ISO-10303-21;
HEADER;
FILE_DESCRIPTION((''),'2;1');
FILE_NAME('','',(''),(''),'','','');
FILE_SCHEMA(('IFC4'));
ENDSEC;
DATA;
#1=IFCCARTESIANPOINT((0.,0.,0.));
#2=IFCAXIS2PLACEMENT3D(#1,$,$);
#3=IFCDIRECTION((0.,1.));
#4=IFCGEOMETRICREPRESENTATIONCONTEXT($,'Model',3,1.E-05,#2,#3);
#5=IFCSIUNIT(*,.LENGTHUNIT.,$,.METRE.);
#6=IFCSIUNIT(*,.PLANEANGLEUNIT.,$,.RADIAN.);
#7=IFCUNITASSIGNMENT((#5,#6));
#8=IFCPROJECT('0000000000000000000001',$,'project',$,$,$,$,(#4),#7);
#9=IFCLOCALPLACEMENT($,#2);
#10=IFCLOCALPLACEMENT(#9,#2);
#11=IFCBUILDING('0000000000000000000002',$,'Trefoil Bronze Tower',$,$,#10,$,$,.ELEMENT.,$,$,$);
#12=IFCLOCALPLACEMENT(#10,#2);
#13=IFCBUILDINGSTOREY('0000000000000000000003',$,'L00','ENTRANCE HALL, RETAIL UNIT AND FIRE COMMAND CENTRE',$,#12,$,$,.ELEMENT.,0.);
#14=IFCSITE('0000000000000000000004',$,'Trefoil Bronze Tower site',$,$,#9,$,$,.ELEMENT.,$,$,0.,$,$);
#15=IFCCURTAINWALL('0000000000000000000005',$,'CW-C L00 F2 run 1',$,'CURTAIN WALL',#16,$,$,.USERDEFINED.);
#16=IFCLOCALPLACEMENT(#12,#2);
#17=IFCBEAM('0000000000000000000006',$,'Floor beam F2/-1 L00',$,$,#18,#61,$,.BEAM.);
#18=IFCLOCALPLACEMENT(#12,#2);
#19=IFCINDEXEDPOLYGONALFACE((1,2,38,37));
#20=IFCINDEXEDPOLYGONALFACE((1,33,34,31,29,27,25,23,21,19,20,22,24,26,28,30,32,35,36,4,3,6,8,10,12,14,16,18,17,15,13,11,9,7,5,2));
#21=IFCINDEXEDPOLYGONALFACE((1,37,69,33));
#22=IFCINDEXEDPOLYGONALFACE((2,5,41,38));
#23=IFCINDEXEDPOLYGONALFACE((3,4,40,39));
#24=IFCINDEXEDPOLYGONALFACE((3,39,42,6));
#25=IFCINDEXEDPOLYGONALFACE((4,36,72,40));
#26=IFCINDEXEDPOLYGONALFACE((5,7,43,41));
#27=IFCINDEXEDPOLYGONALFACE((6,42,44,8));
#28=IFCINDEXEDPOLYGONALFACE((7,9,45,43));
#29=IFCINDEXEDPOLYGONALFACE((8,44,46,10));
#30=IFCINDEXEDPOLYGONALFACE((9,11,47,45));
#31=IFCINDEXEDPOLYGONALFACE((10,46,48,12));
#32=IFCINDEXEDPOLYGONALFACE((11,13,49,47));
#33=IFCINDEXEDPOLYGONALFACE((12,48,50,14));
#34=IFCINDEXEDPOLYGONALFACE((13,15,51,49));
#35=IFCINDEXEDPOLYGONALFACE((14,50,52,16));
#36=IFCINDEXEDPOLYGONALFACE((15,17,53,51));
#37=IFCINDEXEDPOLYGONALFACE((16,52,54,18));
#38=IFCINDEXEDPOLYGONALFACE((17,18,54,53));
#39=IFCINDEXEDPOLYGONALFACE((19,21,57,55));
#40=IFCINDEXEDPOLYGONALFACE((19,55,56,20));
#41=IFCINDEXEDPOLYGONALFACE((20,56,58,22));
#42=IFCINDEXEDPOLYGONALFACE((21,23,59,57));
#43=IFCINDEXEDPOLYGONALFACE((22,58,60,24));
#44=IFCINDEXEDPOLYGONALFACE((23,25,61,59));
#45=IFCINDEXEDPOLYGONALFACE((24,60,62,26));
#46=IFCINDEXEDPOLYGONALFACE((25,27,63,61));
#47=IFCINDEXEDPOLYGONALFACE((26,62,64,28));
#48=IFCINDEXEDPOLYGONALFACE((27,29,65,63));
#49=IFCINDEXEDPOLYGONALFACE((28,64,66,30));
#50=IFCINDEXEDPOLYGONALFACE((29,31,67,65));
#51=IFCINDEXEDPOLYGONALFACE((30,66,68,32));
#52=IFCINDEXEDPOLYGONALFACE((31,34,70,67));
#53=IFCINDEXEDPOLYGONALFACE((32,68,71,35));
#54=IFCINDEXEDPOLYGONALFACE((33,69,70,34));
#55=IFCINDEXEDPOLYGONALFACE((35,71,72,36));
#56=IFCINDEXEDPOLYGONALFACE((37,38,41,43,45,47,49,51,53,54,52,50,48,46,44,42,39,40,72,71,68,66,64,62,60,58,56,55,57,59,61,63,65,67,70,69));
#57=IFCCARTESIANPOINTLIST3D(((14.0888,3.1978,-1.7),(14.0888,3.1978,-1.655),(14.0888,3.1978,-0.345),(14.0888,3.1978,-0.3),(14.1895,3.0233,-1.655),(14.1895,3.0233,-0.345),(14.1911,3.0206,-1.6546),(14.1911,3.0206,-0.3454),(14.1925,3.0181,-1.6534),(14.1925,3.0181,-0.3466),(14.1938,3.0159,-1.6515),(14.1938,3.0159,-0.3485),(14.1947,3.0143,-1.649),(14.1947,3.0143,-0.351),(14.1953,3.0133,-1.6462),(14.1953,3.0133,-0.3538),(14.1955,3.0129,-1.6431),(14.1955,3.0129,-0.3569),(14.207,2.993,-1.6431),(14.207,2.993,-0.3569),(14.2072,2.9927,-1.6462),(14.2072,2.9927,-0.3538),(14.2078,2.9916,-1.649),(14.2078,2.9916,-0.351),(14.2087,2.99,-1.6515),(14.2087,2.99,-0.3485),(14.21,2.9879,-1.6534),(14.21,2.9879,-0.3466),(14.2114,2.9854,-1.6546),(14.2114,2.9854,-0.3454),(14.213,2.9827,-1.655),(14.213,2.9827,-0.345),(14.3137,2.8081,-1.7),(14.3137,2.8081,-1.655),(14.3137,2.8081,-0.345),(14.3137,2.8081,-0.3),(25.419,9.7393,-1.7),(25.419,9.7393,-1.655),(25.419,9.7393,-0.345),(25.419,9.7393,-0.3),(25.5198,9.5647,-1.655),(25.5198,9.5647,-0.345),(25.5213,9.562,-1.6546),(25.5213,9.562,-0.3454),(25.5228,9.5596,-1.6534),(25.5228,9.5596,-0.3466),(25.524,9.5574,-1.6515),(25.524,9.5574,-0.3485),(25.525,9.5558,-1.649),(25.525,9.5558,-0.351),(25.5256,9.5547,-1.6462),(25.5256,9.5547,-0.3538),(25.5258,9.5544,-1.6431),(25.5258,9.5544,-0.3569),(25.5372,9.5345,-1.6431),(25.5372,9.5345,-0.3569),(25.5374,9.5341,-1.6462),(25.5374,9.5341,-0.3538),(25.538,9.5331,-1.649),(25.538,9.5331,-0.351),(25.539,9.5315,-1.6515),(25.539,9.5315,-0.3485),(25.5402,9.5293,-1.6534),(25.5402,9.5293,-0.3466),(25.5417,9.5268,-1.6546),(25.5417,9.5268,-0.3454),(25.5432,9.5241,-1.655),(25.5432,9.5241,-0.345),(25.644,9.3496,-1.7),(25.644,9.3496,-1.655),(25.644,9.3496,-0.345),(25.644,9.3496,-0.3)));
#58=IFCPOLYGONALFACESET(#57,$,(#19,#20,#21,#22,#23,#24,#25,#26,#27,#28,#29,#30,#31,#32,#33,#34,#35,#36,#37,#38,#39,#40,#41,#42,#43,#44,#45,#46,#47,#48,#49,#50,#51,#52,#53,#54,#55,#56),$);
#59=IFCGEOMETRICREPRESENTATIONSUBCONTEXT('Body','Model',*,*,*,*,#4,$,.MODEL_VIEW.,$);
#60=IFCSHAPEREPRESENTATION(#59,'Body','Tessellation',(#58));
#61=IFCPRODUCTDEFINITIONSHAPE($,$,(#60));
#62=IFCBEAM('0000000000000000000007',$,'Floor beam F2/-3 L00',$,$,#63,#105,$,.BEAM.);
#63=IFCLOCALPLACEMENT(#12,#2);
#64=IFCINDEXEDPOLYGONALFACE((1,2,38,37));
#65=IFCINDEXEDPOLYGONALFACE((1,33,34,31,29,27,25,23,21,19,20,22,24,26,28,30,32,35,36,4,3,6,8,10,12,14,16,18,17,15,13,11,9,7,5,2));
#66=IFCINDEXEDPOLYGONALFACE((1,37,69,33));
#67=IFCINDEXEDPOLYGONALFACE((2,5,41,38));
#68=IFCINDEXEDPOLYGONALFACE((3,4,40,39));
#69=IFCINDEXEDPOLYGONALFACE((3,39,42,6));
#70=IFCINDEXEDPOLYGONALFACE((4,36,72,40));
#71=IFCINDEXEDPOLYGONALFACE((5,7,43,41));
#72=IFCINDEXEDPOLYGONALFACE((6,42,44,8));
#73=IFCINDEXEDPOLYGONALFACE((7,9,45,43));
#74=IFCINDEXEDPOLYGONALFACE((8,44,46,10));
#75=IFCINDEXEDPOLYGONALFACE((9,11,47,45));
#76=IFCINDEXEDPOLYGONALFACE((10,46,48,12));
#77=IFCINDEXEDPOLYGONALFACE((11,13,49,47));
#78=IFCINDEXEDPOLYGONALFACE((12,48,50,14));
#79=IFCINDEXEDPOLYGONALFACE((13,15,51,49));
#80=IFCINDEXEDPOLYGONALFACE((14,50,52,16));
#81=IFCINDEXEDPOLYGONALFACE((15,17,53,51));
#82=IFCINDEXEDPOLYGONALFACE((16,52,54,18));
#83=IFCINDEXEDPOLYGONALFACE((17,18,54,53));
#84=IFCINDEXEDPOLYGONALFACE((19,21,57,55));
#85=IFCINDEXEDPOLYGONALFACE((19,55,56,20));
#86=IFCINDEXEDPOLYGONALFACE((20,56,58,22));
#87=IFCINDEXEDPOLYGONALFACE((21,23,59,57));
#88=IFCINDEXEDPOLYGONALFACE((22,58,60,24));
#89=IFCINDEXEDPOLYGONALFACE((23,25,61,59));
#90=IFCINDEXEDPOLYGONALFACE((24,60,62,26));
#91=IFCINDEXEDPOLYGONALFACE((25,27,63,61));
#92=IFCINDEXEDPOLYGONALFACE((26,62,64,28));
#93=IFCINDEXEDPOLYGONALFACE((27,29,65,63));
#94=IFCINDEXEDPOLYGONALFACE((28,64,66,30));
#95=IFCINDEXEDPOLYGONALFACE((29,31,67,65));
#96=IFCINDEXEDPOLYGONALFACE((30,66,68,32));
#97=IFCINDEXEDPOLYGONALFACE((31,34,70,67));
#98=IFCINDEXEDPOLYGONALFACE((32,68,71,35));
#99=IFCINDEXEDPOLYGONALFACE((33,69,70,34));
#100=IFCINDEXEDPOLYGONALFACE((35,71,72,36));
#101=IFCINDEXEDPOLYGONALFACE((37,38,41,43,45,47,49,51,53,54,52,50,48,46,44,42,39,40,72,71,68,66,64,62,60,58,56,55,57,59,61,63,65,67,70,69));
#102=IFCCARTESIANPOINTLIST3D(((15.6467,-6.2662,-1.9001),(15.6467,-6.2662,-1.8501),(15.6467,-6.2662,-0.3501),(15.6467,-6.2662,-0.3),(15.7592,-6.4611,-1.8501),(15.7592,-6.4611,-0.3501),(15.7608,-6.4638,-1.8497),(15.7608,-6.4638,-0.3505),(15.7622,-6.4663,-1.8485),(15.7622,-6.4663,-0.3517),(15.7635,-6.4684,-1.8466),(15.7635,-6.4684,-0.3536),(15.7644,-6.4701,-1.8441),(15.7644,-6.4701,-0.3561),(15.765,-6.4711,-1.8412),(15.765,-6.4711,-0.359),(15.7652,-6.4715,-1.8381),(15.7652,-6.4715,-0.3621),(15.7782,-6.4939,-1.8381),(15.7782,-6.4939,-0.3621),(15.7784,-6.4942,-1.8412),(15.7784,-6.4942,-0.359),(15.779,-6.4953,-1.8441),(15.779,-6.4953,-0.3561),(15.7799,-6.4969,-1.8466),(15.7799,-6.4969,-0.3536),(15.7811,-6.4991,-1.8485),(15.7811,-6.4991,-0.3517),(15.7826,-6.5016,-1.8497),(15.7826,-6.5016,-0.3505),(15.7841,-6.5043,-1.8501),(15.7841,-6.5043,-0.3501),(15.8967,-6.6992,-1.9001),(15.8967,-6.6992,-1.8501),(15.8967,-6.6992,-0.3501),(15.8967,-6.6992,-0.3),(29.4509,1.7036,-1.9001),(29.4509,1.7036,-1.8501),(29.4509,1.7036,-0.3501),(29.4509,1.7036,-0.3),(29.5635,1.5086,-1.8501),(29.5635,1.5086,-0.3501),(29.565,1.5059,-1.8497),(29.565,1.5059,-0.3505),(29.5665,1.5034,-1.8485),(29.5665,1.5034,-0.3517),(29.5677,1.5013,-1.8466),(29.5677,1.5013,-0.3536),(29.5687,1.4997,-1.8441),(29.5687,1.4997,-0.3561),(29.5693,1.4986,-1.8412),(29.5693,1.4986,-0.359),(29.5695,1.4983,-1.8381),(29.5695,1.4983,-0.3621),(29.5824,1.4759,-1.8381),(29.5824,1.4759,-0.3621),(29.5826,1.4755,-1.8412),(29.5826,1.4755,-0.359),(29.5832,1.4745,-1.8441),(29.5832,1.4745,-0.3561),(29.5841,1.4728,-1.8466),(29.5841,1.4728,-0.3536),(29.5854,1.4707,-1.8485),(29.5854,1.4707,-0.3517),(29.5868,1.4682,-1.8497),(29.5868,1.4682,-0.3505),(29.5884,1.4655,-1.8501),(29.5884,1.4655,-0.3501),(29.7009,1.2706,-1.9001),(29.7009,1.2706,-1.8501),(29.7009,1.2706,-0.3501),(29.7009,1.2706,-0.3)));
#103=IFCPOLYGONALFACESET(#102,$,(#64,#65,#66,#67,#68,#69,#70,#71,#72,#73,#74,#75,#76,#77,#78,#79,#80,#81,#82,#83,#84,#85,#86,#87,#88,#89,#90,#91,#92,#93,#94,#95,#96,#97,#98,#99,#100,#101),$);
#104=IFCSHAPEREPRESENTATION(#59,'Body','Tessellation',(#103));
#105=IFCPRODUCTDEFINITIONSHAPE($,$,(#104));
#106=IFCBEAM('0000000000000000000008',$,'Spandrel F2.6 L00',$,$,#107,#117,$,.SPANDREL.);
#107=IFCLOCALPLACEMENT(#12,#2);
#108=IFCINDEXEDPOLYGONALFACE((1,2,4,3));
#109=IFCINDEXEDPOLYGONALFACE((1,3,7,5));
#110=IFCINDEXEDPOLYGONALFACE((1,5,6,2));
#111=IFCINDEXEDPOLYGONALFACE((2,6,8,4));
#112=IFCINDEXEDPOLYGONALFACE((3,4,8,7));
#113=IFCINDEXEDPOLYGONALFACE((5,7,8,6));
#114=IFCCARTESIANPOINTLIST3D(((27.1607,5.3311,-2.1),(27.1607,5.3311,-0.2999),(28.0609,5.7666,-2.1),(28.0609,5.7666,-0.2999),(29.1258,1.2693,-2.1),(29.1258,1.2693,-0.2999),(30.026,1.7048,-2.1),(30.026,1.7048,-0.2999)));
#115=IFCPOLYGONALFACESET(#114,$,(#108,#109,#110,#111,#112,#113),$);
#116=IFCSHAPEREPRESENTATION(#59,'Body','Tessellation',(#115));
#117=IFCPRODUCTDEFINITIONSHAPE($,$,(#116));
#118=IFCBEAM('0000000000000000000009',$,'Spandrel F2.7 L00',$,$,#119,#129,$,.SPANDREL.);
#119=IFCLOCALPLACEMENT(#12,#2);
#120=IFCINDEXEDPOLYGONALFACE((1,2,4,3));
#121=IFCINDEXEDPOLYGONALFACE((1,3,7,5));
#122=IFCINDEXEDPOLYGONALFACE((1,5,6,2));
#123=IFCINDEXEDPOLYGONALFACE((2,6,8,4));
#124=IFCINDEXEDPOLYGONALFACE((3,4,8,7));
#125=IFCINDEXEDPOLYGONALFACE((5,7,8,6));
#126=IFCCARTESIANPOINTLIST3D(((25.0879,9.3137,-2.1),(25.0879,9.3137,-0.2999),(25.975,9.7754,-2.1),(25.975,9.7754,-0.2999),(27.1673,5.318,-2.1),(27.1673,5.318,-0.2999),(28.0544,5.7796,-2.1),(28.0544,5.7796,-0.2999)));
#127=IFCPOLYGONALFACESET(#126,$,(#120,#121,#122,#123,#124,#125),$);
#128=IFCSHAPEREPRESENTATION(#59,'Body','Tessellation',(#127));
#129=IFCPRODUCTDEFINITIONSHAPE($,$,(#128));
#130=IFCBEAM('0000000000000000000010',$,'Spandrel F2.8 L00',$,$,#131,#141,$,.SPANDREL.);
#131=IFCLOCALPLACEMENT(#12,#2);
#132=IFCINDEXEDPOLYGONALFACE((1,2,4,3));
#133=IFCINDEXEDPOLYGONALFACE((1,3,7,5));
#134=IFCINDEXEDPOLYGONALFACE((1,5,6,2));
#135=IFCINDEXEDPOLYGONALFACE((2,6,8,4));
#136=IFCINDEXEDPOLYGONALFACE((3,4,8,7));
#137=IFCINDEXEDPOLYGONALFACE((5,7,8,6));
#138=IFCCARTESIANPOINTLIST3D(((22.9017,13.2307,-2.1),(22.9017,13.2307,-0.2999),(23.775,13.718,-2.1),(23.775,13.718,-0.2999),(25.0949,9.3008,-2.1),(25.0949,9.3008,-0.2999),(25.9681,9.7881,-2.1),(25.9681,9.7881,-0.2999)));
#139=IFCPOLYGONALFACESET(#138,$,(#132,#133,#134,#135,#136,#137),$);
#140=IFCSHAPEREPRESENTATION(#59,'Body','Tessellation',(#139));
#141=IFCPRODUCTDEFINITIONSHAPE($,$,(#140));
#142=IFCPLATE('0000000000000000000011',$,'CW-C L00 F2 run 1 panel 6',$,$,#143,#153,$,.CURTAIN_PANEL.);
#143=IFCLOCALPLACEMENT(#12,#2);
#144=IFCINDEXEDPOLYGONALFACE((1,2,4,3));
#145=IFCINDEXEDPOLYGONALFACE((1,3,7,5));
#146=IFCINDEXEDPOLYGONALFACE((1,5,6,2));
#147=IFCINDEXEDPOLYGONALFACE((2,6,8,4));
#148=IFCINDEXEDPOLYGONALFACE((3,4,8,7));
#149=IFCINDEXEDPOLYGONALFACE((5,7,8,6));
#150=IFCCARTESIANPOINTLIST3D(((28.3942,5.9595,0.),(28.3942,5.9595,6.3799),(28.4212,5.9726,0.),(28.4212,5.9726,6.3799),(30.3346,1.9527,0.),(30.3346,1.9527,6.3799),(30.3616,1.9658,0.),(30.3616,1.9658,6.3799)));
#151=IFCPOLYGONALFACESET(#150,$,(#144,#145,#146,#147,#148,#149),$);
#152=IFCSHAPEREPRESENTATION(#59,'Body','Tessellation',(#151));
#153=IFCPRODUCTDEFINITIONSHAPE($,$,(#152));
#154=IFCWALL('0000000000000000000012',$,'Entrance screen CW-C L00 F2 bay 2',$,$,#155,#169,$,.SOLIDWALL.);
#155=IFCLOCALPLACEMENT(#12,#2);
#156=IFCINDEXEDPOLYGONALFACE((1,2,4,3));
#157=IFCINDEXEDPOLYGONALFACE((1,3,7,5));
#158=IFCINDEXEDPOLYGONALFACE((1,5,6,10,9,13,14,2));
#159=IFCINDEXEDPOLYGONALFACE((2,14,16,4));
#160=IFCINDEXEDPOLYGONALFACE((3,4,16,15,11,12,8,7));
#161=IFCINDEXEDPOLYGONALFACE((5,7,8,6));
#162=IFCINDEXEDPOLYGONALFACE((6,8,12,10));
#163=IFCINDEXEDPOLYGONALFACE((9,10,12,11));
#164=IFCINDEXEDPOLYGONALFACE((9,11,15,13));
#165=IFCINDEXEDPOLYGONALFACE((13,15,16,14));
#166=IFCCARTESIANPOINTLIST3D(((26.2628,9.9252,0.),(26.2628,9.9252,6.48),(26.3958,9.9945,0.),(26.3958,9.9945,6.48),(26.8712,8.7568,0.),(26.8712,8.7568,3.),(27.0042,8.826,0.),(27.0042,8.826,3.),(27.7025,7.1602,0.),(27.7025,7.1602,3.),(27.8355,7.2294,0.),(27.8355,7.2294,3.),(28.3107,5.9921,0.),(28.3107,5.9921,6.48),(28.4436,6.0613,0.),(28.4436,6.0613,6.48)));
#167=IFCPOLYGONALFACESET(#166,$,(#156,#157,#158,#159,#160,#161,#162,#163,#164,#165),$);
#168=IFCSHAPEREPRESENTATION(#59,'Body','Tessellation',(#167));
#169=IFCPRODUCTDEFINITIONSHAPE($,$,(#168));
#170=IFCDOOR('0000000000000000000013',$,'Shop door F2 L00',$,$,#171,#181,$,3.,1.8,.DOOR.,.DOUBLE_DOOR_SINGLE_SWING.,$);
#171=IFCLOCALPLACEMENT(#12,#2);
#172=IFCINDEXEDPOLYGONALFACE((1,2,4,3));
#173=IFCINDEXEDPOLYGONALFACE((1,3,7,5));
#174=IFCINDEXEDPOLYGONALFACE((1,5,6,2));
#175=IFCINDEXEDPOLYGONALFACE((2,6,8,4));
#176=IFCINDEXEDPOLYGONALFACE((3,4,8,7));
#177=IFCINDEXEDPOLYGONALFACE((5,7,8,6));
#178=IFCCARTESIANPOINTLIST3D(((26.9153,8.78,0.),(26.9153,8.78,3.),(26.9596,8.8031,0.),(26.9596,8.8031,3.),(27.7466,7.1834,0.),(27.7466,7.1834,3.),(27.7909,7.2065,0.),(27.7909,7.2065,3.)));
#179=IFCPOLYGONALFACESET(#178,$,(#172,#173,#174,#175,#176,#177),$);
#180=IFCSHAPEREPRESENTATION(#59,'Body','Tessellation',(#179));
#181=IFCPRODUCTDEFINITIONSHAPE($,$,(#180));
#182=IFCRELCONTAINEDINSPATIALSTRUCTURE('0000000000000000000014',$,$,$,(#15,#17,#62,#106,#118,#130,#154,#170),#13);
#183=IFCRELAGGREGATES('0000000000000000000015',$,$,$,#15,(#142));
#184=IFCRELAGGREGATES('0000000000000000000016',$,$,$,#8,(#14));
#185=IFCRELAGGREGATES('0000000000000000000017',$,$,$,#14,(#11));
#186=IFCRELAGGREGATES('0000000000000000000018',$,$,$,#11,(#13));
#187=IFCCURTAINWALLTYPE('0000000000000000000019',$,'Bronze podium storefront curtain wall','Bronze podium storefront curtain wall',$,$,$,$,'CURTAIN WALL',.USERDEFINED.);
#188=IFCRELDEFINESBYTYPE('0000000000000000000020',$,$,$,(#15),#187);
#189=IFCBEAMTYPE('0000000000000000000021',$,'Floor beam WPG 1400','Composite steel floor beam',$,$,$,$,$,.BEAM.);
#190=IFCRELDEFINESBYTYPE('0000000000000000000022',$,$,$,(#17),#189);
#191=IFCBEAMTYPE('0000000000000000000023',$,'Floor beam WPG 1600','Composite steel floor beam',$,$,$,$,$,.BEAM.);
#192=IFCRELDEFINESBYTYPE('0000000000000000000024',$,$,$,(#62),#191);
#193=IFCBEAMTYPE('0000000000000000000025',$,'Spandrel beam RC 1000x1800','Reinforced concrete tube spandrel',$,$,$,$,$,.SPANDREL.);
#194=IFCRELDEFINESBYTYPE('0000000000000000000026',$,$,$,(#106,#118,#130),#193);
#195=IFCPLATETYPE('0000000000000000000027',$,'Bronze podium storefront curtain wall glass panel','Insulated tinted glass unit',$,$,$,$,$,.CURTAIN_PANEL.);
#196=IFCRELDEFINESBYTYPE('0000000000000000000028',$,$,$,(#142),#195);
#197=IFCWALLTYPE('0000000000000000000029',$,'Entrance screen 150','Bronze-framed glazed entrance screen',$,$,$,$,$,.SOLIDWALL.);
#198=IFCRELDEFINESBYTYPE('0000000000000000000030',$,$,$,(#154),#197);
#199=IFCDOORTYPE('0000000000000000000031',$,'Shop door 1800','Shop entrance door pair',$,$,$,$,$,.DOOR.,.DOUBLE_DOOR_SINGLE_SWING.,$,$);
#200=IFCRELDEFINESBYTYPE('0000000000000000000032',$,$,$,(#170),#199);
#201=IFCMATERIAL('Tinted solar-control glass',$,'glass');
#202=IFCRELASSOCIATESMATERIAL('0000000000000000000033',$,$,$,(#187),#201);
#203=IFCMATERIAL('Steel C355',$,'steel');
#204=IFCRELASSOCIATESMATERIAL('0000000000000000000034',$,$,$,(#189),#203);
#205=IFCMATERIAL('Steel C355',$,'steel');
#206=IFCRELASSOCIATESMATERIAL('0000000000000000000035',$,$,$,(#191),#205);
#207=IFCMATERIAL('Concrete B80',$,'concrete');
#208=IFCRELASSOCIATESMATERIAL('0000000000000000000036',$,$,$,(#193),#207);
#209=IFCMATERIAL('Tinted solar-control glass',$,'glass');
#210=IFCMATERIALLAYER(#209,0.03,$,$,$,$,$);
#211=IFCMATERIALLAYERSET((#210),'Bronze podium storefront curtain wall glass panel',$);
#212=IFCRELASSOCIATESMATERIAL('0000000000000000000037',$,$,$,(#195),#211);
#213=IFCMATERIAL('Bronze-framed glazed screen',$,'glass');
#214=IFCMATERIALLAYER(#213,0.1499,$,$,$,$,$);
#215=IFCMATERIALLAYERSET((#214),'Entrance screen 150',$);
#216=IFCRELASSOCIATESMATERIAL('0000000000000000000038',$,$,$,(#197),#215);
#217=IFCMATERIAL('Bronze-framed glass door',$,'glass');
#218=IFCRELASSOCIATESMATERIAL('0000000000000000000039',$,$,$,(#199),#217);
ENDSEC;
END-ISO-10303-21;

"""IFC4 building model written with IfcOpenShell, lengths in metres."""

from ifc_helpers import new_model, si_unit, direction, frame, frame_2d, origin, origin_2d, place, context, subcontext, project, spatial, rectangle, i_section, extrude, material, layer, layer_set, material_profile, profile_set, type_object, element, fill, aggregate, save


model = new_model("IFC4")

# Units and contexts
model_context = context("Model", 3, precision=1e-05, world=origin(), true_north=direction((0.0, 1.0)))
body_context = subcontext(model_context, "Body", "Model", "MODEL_VIEW")
ifc_project = project(units=[si_unit("LENGTHUNIT", "METRE"), si_unit("PLANEANGLEUNIT", "RADIAN")], contexts=[model_context])

# Site, building, storey
site_placement = place(None, origin())
site = spatial("IfcSite", under=ifc_project, at=site_placement, Name="Trefoil Bronze Tower site", CompositionType="ELEMENT", RefElevation=0.0)
building_placement = place(site_placement, origin())
building = spatial("IfcBuilding", under=site, at=building_placement, Name="Trefoil Bronze Tower", CompositionType="ELEMENT")
storey_placement = place(building_placement, origin())
storey = spatial("IfcBuildingStorey", under=building, at=storey_placement, Name="L00", Description="ENTRANCE HALL, RETAIL UNIT AND FIRE COMMAND CENTRE", CompositionType="ELEMENT", Elevation=0.0)

# Curtain wall
ifc_material_1 = material(Name="Tinted solar-control glass", Category="glass")
curtain_wall_type = type_object("IfcCurtainWallType", Name="Bronze podium storefront curtain wall", Description="Bronze podium storefront curtain wall", ElementType="CURTAIN WALL", PredefinedType="USERDEFINED", material=ifc_material_1)
curtain_wall_1_placement = place(storey_placement, origin())
curtain_wall_1 = element("IfcCurtainWall", 1, at=curtain_wall_1_placement, inside=storey, type_object=curtain_wall_type, Name="CW-C L00 F2 run 1", ObjectType="CURTAIN WALL", PredefinedType="USERDEFINED")

# Beams
ifc_material_2 = material(Name="Steel C355", Category="steel")
ifc_material_profile_1 = material_profile(ifc_material_2, i_section(OverallWidth=0.45, OverallDepth=1.3999, WebThickness=0.0229, FlangeThickness=0.0449, FilletRadius=0.012, at=origin_2d()), Name="WPG 1400")
ifc_profile_set_1 = profile_set([ifc_material_profile_1], Name="Steel C355")
beam_type_1 = type_object("IfcBeamType", Name="Floor beam WPG 1400", Description="Composite steel floor beam", PredefinedType="BEAM", material=ifc_profile_set_1)
beam_1_placement = place(storey_placement, frame((25.5315, 9.5444, -1.0), z_axis=(-0.866027, -0.499997, 0.0), x_axis=(0.499997, -0.866027, 0.0)))
element("IfcBeam", 2, at=beam_1_placement, inside=storey, type_object=beam_type_1, Name="Floor beam F2/-1 L00", PredefinedType="BEAM", context=body_context, shape_type="SweptSolid", body=[
    extrude(i_section(OverallWidth=0.45, OverallDepth=1.3999, WebThickness=0.0229, FlangeThickness=0.0449, FilletRadius=0.012, at=origin_2d()), origin(), (0.0, 0.0, 1.0), 13.083),
])
ifc_material_3 = material(Name="Steel C355", Category="steel")
ifc_material_profile_2 = material_profile(ifc_material_3, i_section(OverallWidth=0.5, OverallDepth=1.6001, WebThickness=0.0259, FlangeThickness=0.05, FilletRadius=0.012, at=origin_2d()), Name="WPG 1600")
ifc_profile_set_2 = profile_set([ifc_material_profile_2], Name="Steel C355")
beam_type_2 = type_object("IfcBeamType", Name="Floor beam WPG 1600", Description="Composite steel floor beam", PredefinedType="BEAM", material=ifc_profile_set_2)
beam_2_placement = place(storey_placement, frame((29.5759, 1.4871, -1.1001), z_axis=(-0.866029, -0.499994, 0.0), x_axis=(0.499994, -0.866029, 0.0)))
element("IfcBeam", 3, at=beam_2_placement, inside=storey, type_object=beam_type_2, Name="Floor beam F2/-3 L00", PredefinedType="BEAM", context=body_context, shape_type="SweptSolid", body=[
    extrude(i_section(OverallWidth=0.5, OverallDepth=1.6001, WebThickness=0.0259, FlangeThickness=0.05, FilletRadius=0.012, at=origin_2d()), origin(), (0.0, 0.0, 1.0), 15.9397),
])
ifc_material_4 = material(Name="Concrete B80", Category="concrete")
ifc_material_profile_3 = material_profile(ifc_material_4, rectangle(XDim=1.0, YDim=1.8, at=origin_2d()), Name="RC 1000x1800")
ifc_profile_set_3 = profile_set([ifc_material_profile_3], Name="Concrete B80")
beam_type_3 = type_object("IfcBeamType", Name="Spandrel beam RC 1000x1800", Description="Reinforced concrete tube spandrel", PredefinedType="SPANDREL", material=ifc_profile_set_3)
beam_3_placement = place(storey_placement, frame((29.5759, 1.4871, -1.2), z_axis=(-0.43551, 0.900184, 0.0), x_axis=(-0.900184, -0.43551, 0.0)))
element("IfcBeam", 4, at=beam_3_placement, inside=storey, type_object=beam_type_3, Name="Spandrel F2.6 L00", PredefinedType="SPANDREL", context=body_context, shape_type="SweptSolid", body=[
    extrude(rectangle(XDim=1.0, YDim=1.8, at=origin_2d()), origin(), (0.0, 0.0, 1.0), 4.5122),
])
beam_4_placement = place(storey_placement, frame((27.6108, 5.5488, -1.2), z_axis=(-0.461638, 0.887069, 0.0), x_axis=(-0.887069, -0.461638, 0.0)))
element("IfcBeam", 5, at=beam_4_placement, inside=storey, type_object=beam_type_3, Name="Spandrel F2.7 L00", PredefinedType="SPANDREL", context=body_context, shape_type="SweptSolid", body=[
    extrude(rectangle(XDim=1.0, YDim=1.8, at=origin_2d()), origin(), (0.0, 0.0, 1.0), 4.5044),
])
beam_5_placement = place(storey_placement, frame((25.5315, 9.5444, -1.2), z_axis=(-0.487309, 0.873229, 0.0), x_axis=(-0.873229, -0.487309, 0.0)))
element("IfcBeam", 6, at=beam_5_placement, inside=storey, type_object=beam_type_3, Name="Spandrel F2.8 L00", PredefinedType="SPANDREL", context=body_context, shape_type="SweptSolid", body=[
    extrude(rectangle(XDim=1.0, YDim=1.8, at=origin_2d()), origin(), (0.0, 0.0, 1.0), 4.5005),
])

# Plate
ifc_material_5 = material(Name="Tinted solar-control glass", Category="glass")
ifc_layer_1 = layer(ifc_material_5, 0.03)
ifc_layer_set_1 = layer_set([ifc_layer_1], Name="Bronze podium storefront curtain wall glass panel")
plate_type = type_object("IfcPlateType", Name="Bronze podium storefront curtain wall glass panel", Description="Insulated tinted glass unit", PredefinedType="CURTAIN_PANEL", material=ifc_layer_set_1)
plate_placement = place(storey_placement, frame((29.3779, 3.9626, 0.0), z_axis=(0.0, 0.0, 1.0), x_axis=(-0.435855, 0.900017, 0.0)))
plate = element("IfcPlate", 7, at=plate_placement, type_object=plate_type, Name="CW-C L00 F2 run 1 panel 6", PredefinedType="CURTAIN_PANEL", context=body_context, shape_type="SweptSolid", body=[
    extrude(rectangle(XDim=4.4519, YDim=0.03, at=origin_2d()), origin(), (0.0, 0.0, 1.0), 6.3799),
])
aggregate(curtain_wall_1, [plate])

# Wall, opening, door
ifc_material_6 = material(Name="Bronze-framed glazed screen", Category="glass")
ifc_layer_2 = layer(ifc_material_6, 0.1499)
ifc_layer_set_2 = layer_set([ifc_layer_2], Name="Entrance screen 150")
wall_type_1 = type_object("IfcWallType", Name="Entrance screen 150", Description="Bronze-framed glazed entrance screen", PredefinedType="SOLIDWALL", material=ifc_layer_set_2)
wall_1_placement = place(storey_placement, frame((28.3772, 6.0266, 0.0), z_axis=(0.0, 0.0, 1.0), x_axis=(-0.461821, 0.886973, 0.0)))
wall_1 = element("IfcWall", 8, at=wall_1_placement, inside=storey, type_object=wall_type_1, Name="Entrance screen CW-C L00 F2 bay 2", PredefinedType="SOLIDWALL", context=body_context, shape_type="SweptSolid", body=[
    extrude(rectangle(XDim=4.4343, YDim=0.1499, at=frame_2d((2.2173, 0.0))), origin(), (0.0, 0.0, 1.0), 6.48),
])
opening_placement = place(wall_1_placement, frame((1.3171, 0.0, 0.0)))
opening = element("IfcOpeningElement", 9, at=opening_placement, cuts=wall_1, PredefinedType="OPENING", context=body_context, shape_type="SweptSolid", body=[
    extrude(rectangle(XDim=1.8, YDim=3.0, at=frame_2d((0.8999, 1.5))), frame((0.0, 0.085, 0.0), z_axis=(0.0, -1.0, 0.0), x_axis=(1.0, 0.0, 0.0)), (0.0, 0.0, 1.0), 0.1699),
])
ifc_material_7 = material(Name="Bronze-framed glass door", Category="glass")
door_type = type_object("IfcDoorType", Name="Shop door 1800", Description="Shop entrance door pair", OperationType="DOUBLE_DOOR_SINGLE_SWING", PredefinedType="DOOR", material=ifc_material_7)
door_placement = place(opening_placement, frame((1.8, 0.0, 0.0), z_axis=(0.0, 0.0, 1.0), x_axis=(-1.0, 0.0, 0.0)))
door = element("IfcDoor", 10, at=door_placement, inside=storey, type_object=door_type, Name="Shop door F2 L00", OperationType="DOUBLE_DOOR_SINGLE_SWING", OverallHeight=3.0, OverallWidth=1.8, PredefinedType="DOOR", context=body_context, shape_type="SweptSolid", body=[
    extrude(rectangle(XDim=1.8, YDim=3.0, at=frame_2d((0.8999, 1.5))), frame((0.0, 0.0249, 0.0), z_axis=(0.0, -1.0, 0.0), x_axis=(1.0, 0.0, 0.0)), (0.0, 0.0, 1.0), 0.05),
])
fill(opening, door)

save(model, "model.ifc")
